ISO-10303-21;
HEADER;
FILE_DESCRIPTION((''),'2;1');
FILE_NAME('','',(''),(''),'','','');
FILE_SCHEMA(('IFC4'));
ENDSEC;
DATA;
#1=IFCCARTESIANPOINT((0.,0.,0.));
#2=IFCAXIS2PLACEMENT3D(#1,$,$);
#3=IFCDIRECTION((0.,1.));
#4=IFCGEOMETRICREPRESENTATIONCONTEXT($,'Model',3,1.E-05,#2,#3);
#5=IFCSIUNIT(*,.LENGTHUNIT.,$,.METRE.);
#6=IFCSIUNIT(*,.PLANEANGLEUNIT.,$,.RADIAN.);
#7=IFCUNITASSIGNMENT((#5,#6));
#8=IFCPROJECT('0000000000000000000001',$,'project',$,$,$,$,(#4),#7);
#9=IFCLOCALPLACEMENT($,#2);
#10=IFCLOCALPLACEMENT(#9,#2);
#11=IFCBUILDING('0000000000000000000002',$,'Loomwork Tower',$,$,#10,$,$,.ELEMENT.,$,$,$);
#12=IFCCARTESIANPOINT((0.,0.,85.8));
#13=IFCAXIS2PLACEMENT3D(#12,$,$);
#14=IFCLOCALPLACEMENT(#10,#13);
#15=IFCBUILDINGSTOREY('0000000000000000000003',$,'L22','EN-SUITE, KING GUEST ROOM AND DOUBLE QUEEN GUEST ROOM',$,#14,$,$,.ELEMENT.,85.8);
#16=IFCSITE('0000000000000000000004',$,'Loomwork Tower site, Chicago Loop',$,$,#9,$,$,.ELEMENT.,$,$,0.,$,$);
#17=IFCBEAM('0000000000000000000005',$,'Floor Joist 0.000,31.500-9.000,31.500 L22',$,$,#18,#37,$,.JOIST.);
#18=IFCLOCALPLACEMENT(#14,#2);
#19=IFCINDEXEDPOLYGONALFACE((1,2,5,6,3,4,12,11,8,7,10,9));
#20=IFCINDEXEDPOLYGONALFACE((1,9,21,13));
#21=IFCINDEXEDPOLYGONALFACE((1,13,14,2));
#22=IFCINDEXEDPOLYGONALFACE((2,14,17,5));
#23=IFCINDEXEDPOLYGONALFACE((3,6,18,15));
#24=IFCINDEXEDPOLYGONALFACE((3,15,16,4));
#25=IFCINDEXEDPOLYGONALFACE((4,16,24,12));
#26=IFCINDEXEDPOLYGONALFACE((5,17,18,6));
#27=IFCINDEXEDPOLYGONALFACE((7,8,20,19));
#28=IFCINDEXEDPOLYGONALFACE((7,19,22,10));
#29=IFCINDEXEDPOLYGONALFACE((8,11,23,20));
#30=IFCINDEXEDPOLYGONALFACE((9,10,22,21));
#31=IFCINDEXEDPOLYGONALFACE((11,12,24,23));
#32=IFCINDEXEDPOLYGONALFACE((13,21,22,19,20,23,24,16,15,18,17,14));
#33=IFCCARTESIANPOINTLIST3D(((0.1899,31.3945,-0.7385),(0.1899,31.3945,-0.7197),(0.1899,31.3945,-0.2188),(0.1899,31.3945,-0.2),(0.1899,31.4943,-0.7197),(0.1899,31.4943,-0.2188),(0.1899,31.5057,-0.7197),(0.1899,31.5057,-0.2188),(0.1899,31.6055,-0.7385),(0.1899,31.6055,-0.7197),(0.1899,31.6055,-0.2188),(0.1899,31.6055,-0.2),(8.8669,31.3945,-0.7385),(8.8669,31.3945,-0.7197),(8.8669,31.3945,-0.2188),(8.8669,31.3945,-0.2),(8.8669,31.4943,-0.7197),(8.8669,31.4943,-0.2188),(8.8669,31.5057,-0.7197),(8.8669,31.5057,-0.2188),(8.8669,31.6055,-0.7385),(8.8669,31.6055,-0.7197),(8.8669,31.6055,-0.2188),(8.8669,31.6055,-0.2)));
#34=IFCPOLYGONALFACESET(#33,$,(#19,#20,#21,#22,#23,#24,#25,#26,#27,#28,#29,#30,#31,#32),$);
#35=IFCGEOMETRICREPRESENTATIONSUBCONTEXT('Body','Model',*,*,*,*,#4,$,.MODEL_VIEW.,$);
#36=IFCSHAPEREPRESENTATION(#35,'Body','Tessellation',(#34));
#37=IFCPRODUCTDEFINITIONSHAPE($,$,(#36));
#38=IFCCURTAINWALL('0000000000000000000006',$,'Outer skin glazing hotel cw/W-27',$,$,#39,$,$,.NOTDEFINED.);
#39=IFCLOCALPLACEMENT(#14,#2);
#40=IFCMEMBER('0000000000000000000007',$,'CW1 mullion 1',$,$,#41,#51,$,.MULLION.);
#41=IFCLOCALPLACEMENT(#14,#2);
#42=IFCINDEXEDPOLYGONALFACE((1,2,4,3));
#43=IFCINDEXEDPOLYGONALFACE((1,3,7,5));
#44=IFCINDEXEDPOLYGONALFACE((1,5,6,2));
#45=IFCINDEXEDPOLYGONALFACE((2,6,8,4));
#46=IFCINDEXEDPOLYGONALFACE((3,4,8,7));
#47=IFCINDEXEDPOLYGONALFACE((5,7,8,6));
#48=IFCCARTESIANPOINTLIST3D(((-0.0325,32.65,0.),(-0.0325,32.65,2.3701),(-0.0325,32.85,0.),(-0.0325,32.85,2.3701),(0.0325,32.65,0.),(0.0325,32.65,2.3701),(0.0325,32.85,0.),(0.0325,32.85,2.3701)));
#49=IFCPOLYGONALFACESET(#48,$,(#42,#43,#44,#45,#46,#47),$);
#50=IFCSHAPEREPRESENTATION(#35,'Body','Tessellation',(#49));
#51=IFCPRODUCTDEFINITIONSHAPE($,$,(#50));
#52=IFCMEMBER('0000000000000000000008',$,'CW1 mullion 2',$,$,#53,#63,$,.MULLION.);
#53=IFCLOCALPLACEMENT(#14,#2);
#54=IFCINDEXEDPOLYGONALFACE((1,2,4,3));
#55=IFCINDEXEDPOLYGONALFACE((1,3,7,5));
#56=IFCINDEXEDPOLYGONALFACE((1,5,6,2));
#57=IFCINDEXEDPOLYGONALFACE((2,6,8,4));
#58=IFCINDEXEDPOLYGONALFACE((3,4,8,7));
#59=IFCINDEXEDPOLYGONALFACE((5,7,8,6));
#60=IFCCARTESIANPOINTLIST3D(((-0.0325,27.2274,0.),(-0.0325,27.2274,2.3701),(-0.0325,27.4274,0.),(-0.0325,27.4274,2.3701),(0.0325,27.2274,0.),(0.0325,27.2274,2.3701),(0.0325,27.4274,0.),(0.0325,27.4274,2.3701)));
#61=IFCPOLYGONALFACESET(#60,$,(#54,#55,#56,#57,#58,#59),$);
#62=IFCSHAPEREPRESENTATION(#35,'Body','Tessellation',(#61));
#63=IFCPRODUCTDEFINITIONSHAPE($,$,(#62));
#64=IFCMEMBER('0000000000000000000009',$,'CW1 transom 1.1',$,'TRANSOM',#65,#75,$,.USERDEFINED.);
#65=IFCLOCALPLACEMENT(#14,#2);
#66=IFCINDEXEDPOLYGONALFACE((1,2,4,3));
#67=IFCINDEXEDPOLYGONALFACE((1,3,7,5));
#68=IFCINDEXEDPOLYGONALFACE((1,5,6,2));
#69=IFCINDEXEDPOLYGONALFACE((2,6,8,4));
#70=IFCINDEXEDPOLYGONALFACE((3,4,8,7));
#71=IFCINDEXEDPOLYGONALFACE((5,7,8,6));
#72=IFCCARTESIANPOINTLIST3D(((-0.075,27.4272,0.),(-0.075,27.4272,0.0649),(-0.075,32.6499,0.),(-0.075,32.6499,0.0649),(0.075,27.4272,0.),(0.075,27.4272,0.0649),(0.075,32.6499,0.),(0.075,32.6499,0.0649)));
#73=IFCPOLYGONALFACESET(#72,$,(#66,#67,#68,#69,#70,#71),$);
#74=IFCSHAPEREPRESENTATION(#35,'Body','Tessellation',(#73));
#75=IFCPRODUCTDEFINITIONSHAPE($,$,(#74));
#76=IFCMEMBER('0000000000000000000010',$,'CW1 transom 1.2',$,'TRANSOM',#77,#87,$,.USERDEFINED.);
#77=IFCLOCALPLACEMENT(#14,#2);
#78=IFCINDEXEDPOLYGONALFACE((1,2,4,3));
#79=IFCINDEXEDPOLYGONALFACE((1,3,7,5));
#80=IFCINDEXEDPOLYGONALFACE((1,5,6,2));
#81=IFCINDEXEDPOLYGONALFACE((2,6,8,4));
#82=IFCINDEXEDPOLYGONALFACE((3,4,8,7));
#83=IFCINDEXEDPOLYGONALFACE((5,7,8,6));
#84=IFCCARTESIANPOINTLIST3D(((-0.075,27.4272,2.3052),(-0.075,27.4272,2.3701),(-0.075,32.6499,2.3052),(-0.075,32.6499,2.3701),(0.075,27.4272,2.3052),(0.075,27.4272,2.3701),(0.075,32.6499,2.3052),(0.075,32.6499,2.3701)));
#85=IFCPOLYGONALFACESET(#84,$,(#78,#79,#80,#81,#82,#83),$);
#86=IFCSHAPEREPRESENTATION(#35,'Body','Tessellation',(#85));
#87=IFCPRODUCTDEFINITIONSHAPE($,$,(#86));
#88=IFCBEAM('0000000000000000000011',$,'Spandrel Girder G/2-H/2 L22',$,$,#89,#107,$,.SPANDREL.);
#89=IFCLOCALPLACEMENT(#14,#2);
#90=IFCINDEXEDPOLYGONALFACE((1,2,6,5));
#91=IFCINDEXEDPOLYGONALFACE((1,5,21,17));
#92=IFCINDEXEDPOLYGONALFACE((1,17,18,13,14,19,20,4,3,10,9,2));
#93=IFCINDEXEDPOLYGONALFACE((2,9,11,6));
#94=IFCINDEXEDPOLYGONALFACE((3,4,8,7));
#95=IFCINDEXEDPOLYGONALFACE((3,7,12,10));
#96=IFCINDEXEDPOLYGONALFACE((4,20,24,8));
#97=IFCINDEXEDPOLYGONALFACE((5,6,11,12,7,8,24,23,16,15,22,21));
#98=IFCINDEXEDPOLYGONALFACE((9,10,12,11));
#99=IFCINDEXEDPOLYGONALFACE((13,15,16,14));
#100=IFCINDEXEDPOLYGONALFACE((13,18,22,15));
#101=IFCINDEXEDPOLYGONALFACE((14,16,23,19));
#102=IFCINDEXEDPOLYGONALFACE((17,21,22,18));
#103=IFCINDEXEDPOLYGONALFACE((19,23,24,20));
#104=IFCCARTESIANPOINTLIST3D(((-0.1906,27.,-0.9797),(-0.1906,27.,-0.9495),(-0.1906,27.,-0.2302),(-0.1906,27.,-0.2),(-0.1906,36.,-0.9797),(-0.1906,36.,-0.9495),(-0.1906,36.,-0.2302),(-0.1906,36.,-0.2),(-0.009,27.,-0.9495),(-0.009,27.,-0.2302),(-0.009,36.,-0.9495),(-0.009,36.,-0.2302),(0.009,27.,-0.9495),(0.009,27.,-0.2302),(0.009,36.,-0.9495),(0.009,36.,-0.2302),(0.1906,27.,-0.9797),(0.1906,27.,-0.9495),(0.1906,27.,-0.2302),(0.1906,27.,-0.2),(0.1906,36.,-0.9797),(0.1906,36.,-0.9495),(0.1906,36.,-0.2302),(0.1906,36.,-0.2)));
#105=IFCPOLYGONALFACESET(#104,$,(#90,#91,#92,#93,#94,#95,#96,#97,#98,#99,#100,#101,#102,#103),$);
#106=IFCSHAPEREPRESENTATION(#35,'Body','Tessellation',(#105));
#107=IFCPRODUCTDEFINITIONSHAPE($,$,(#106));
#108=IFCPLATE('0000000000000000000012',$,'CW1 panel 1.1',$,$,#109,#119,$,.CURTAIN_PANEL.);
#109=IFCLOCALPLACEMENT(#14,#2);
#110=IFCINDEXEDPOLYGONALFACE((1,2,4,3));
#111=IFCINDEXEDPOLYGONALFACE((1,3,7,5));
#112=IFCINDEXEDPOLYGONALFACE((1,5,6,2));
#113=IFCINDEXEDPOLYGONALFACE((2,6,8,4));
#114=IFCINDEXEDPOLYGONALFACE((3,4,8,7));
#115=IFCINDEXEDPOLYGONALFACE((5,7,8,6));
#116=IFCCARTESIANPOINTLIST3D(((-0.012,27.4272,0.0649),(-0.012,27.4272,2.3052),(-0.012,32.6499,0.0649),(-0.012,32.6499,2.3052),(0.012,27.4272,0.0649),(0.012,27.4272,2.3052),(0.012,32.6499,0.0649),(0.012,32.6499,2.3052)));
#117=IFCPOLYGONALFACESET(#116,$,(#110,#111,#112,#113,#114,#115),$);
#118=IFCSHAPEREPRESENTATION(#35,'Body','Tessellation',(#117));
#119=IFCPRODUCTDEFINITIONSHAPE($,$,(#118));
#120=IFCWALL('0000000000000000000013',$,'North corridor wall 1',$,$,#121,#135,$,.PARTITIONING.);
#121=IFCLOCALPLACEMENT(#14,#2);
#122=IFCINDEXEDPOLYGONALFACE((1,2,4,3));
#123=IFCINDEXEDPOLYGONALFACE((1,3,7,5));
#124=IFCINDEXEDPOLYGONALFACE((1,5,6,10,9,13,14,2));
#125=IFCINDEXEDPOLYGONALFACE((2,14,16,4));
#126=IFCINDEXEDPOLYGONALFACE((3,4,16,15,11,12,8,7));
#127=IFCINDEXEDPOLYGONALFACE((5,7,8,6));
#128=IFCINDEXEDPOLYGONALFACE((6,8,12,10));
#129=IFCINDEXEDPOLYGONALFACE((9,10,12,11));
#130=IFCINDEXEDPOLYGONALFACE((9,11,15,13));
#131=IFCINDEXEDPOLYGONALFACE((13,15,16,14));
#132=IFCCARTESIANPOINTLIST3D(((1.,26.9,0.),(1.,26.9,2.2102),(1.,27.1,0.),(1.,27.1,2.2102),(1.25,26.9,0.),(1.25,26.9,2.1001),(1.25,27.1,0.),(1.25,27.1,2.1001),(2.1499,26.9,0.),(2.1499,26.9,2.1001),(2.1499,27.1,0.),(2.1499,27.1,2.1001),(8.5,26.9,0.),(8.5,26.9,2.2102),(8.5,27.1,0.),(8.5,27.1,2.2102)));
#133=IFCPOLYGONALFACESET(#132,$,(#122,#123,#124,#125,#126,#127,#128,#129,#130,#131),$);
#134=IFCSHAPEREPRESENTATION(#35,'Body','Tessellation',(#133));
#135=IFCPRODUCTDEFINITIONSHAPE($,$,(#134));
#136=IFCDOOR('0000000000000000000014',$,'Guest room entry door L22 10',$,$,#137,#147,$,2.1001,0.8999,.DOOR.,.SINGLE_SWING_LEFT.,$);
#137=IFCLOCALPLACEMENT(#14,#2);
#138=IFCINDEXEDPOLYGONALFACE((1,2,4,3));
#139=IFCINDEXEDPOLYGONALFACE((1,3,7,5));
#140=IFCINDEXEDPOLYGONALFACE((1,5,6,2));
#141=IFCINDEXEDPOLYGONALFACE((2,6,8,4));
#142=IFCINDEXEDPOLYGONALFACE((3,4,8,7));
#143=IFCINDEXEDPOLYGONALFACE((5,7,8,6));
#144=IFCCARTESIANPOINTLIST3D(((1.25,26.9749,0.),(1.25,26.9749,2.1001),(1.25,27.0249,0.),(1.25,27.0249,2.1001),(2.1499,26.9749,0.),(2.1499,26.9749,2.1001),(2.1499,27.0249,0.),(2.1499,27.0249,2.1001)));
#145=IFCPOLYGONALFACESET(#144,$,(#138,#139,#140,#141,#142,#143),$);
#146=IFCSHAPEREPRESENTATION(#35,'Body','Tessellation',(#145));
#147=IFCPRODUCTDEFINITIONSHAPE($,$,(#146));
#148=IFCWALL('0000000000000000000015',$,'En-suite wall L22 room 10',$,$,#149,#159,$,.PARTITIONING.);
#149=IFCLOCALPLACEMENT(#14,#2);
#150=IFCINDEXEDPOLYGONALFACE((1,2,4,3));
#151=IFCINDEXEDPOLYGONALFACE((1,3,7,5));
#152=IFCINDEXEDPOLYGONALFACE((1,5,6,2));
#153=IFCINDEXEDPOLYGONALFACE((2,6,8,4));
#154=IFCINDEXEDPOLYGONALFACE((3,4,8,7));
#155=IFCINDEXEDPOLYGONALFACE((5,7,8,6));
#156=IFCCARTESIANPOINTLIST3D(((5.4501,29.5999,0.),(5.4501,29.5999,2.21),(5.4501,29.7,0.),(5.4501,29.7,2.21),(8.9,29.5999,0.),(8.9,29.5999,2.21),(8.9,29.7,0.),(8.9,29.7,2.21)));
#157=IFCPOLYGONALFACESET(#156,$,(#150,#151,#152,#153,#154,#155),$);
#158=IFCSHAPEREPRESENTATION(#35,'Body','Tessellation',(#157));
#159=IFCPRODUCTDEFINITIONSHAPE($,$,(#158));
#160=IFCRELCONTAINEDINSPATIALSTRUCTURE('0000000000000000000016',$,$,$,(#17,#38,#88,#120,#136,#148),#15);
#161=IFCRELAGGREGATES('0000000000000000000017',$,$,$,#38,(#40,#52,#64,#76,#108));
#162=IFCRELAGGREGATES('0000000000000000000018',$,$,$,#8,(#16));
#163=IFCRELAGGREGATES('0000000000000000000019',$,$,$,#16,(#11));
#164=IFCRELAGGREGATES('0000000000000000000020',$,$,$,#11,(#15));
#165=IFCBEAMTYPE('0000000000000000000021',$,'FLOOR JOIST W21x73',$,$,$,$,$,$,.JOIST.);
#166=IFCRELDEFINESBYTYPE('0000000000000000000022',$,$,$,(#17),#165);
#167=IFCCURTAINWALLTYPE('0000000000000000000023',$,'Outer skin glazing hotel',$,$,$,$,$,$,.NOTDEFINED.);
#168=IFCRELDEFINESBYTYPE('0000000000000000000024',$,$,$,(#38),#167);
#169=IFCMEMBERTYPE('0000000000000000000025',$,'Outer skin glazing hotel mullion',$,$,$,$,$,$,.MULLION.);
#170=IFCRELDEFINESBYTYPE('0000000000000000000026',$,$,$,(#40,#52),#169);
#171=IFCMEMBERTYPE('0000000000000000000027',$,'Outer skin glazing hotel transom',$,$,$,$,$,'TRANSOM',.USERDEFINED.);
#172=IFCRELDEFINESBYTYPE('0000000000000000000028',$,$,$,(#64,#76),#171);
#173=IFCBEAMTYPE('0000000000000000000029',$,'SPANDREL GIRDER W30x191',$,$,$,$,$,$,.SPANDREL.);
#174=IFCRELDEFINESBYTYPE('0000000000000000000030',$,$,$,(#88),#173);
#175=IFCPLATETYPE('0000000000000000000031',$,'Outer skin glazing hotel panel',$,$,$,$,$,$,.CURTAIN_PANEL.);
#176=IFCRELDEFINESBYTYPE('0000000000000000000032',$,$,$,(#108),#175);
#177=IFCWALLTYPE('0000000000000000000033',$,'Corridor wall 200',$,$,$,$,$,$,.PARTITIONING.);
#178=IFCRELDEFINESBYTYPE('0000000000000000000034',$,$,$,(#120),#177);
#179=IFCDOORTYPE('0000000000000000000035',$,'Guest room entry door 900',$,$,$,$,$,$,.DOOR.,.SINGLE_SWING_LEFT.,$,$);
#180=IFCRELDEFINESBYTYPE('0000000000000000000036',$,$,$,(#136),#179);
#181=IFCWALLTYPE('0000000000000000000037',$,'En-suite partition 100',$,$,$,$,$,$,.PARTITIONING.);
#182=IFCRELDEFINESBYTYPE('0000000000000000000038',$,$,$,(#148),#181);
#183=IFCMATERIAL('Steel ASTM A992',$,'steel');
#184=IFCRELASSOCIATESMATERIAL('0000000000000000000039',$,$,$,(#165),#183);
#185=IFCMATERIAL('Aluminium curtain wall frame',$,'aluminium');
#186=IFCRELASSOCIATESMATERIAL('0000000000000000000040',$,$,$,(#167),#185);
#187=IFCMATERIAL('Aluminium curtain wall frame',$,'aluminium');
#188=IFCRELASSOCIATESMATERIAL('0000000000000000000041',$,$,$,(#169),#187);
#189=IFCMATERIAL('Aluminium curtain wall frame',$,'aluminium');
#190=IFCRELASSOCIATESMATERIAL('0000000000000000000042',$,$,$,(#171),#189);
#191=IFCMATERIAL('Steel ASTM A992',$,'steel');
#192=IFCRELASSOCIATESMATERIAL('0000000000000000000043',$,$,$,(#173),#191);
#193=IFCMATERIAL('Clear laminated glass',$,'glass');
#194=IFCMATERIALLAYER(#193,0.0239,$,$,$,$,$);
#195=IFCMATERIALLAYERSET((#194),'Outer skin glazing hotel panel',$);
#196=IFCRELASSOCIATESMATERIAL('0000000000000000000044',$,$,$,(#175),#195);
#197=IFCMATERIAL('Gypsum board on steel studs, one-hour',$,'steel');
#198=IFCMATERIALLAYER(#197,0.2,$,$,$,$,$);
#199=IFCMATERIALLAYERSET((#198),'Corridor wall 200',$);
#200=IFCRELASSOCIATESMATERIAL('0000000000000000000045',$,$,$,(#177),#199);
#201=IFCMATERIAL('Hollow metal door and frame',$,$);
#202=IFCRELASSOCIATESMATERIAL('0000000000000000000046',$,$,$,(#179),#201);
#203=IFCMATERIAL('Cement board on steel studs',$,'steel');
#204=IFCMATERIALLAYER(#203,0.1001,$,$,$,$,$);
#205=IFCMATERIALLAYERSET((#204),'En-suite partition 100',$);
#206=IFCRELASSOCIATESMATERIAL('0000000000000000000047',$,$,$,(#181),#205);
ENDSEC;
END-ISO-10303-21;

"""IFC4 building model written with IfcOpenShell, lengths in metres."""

from ifc_helpers import new_model, si_unit, direction, frame, frame_2d, origin, origin_2d, place, context, subcontext, project, spatial, rectangle, i_section, extrude, material, layer, layer_set, material_profile, profile_set, type_object, element, fill, aggregate, save


model = new_model("IFC4")

# Units and contexts
model_context = context("Model", 3, precision=1e-05, world=origin(), true_north=direction((0.0, 1.0)))
body_context = subcontext(model_context, "Body", "Model", "MODEL_VIEW")
ifc_project = project(units=[si_unit("LENGTHUNIT", "METRE"), si_unit("PLANEANGLEUNIT", "RADIAN")], contexts=[model_context])

# Site, building, storey
site_placement = place(None, origin())
site = spatial("IfcSite", under=ifc_project, at=site_placement, Name="Loomwork Tower site, Chicago Loop", CompositionType="ELEMENT", RefElevation=0.0)
building_placement = place(site_placement, origin())
building = spatial("IfcBuilding", under=site, at=building_placement, Name="Loomwork Tower", CompositionType="ELEMENT")
storey_placement = place(building_placement, frame((0.0, 0.0, 85.8)))
storey = spatial("IfcBuildingStorey", under=building, at=storey_placement, Name="L22", Description="EN-SUITE, KING GUEST ROOM AND DOUBLE QUEEN GUEST ROOM", CompositionType="ELEMENT", Elevation=85.8)

# Beam
ifc_material_1 = material(Name="Steel ASTM A992", Category="steel")
ifc_material_profile_1 = material_profile(ifc_material_1, i_section(OverallWidth=0.2109, OverallDepth=0.5386, WebThickness=0.0115, FlangeThickness=0.0188, at=origin_2d()), Name="W21x73")
ifc_profile_set_1 = profile_set([ifc_material_profile_1], Name="Steel ASTM A992")
beam_type_1 = type_object("IfcBeamType", Name="FLOOR JOIST W21x73", PredefinedType="JOIST", material=ifc_profile_set_1)
beam_1_placement = place(storey_placement, frame((0.1899, 31.5, -0.4692), z_axis=(1.0, 0.0, 0.0), x_axis=(0.0, 1.0, 0.0)))
element("IfcBeam", 1, at=beam_1_placement, inside=storey, type_object=beam_type_1, Name="Floor Joist 0.000,31.500-9.000,31.500 L22", PredefinedType="JOIST", context=body_context, shape_type="SweptSolid", body=[
    extrude(i_section(OverallWidth=0.2109, OverallDepth=0.5386, WebThickness=0.0115, FlangeThickness=0.0188, at=origin_2d()), origin(), (0.0, 0.0, 1.0), 8.677),
])

# Curtain wall, members
ifc_material_2 = material(Name="Aluminium curtain wall frame", Category="aluminium")
curtain_wall_type = type_object("IfcCurtainWallType", Name="Outer skin glazing hotel", PredefinedType="NOTDEFINED", material=ifc_material_2)
curtain_wall_placement = place(storey_placement, origin())
curtain_wall = element("IfcCurtainWall", 2, at=curtain_wall_placement, inside=storey, type_object=curtain_wall_type, Name="Outer skin glazing hotel cw/W-27", PredefinedType="NOTDEFINED")
ifc_material_3 = material(Name="Aluminium curtain wall frame", Category="aluminium")
ifc_material_profile_2 = material_profile(ifc_material_3, rectangle(XDim=0.0649, YDim=0.2, at=origin_2d()), Name="AL 65x200")
ifc_profile_set_2 = profile_set([ifc_material_profile_2], Name="Aluminium curtain wall frame")
member_type_1 = type_object("IfcMemberType", Name="Outer skin glazing hotel mullion", PredefinedType="MULLION", material=ifc_profile_set_2)
member_1_placement = place(storey_placement, frame((0.0, 32.75, 0.0), z_axis=(0.0, 0.0, 1.0), x_axis=(1.0, 0.0, 0.0)))
member_1 = element("IfcMember", 3, at=member_1_placement, type_object=member_type_1, Name="CW1 mullion 1", PredefinedType="MULLION", context=body_context, shape_type="SweptSolid", body=[
    extrude(rectangle(XDim=0.0649, YDim=0.2, at=origin_2d()), origin(), (0.0, 0.0, 1.0), 2.3701),
])
member_2_placement = place(storey_placement, frame((0.0, 27.3274, 0.0), z_axis=(0.0, 0.0, 1.0), x_axis=(1.0, 0.0, 0.0)))
member_2 = element("IfcMember", 4, at=member_2_placement, type_object=member_type_1, Name="CW1 mullion 2", PredefinedType="MULLION", context=body_context, shape_type="SweptSolid", body=[
    extrude(rectangle(XDim=0.0649, YDim=0.2, at=origin_2d()), origin(), (0.0, 0.0, 1.0), 2.3701),
])
ifc_material_4 = material(Name="Aluminium curtain wall frame", Category="aluminium")
ifc_material_profile_3 = material_profile(ifc_material_4, rectangle(XDim=0.1499, YDim=0.0649, at=origin_2d()), Name="AL 65x150")
ifc_profile_set_3 = profile_set([ifc_material_profile_3], Name="Aluminium curtain wall frame")
member_type_2 = type_object("IfcMemberType", Name="Outer skin glazing hotel transom", ElementType="TRANSOM", PredefinedType="USERDEFINED", material=ifc_profile_set_3)
member_3_placement = place(storey_placement, frame((0.0, 32.6499, 0.0325), z_axis=(0.0, -1.0, 0.0), x_axis=(1.0, 0.0, 0.0)))
member_3 = element("IfcMember", 5, at=member_3_placement, type_object=member_type_2, Name="CW1 transom 1.1", ObjectType="TRANSOM", PredefinedType="USERDEFINED", context=body_context, shape_type="SweptSolid", body=[
    extrude(rectangle(XDim=0.1499, YDim=0.0649, at=origin_2d()), origin(), (0.0, 0.0, 1.0), 5.2227),
])
member_4_placement = place(storey_placement, frame((0.0, 32.6499, 2.3376), z_axis=(0.0, -1.0, 0.0), x_axis=(1.0, 0.0, 0.0)))
member_4 = element("IfcMember", 6, at=member_4_placement, type_object=member_type_2, Name="CW1 transom 1.2", ObjectType="TRANSOM", PredefinedType="USERDEFINED", context=body_context, shape_type="SweptSolid", body=[
    extrude(rectangle(XDim=0.1499, YDim=0.0649, at=origin_2d()), origin(), (0.0, 0.0, 1.0), 5.2227),
])

# Beam
ifc_material_5 = material(Name="Steel ASTM A992", Category="steel")
ifc_material_profile_4 = material_profile(ifc_material_5, i_section(OverallWidth=0.3811, OverallDepth=0.7798, WebThickness=0.0181, FlangeThickness=0.0303, at=origin_2d()), Name="W30x191")
ifc_profile_set_4 = profile_set([ifc_material_profile_4], Name="Steel ASTM A992")
beam_type_2 = type_object("IfcBeamType", Name="SPANDREL GIRDER W30x191", PredefinedType="SPANDREL", material=ifc_profile_set_4)
beam_2_placement = place(storey_placement, frame((0.0, 27.0, -0.5898), z_axis=(0.0, 1.0, 0.0), x_axis=(-1.0, 0.0, 0.0)))
element("IfcBeam", 7, at=beam_2_placement, inside=storey, type_object=beam_type_2, Name="Spandrel Girder G/2-H/2 L22", PredefinedType="SPANDREL", context=body_context, shape_type="SweptSolid", body=[
    extrude(i_section(OverallWidth=0.3811, OverallDepth=0.7798, WebThickness=0.0181, FlangeThickness=0.0303, at=origin_2d()), origin(), (0.0, 0.0, 1.0), 9.0),
])

# Plate
ifc_material_6 = material(Name="Clear laminated glass", Category="glass")
ifc_layer_1 = layer(ifc_material_6, 0.0239)
ifc_layer_set_1 = layer_set([ifc_layer_1], Name="Outer skin glazing hotel panel")
plate_type = type_object("IfcPlateType", Name="Outer skin glazing hotel panel", PredefinedType="CURTAIN_PANEL", material=ifc_layer_set_1)
plate_placement = place(storey_placement, frame((0.0, 30.0386, 0.0649), z_axis=(0.0, 0.0, 1.0), x_axis=(0.0, -1.0, 0.0)))
plate = element("IfcPlate", 8, at=plate_placement, type_object=plate_type, Name="CW1 panel 1.1", PredefinedType="CURTAIN_PANEL", context=body_context, shape_type="SweptSolid", body=[
    extrude(rectangle(XDim=5.2227, YDim=0.0239, at=origin_2d()), origin(), (0.0, 0.0, 1.0), 2.2402),
])
aggregate(curtain_wall, [member_1, member_2, member_3, member_4, plate])

# Wall, opening, door
ifc_material_7 = material(Name="Gypsum board on steel studs, one-hour", Category="steel")
ifc_layer_2 = layer(ifc_material_7, 0.2)
ifc_layer_set_2 = layer_set([ifc_layer_2], Name="Corridor wall 200")
wall_type_1 = type_object("IfcWallType", Name="Corridor wall 200", PredefinedType="PARTITIONING", material=ifc_layer_set_2)
wall_1_placement = place(storey_placement, frame((1.0, 27.0, 0.0), z_axis=(0.0, 0.0, 1.0), x_axis=(1.0, 0.0, 0.0)))
wall_1 = element("IfcWall", 9, at=wall_1_placement, inside=storey, type_object=wall_type_1, Name="North corridor wall 1", PredefinedType="PARTITIONING", context=body_context, shape_type="SweptSolid", body=[
    extrude(rectangle(XDim=7.5, YDim=0.2, at=frame_2d((3.75, 0.0))), origin(), (0.0, 0.0, 1.0), 2.2102),
])
opening_1_placement = place(wall_1_placement, frame((0.25, 0.0, 0.0)))
opening_1 = element("IfcOpeningElement", 10, at=opening_1_placement, cuts=wall_1, PredefinedType="OPENING", context=body_context, shape_type="SweptSolid", body=[
    extrude(rectangle(XDim=0.8999, YDim=2.1001, at=frame_2d((0.45, 1.05))), frame((0.0, 0.1099, 0.0), z_axis=(0.0, -1.0, 0.0), x_axis=(1.0, 0.0, 0.0)), (0.0, 0.0, 1.0), 0.22),
])
ifc_material_8 = material(Name="Hollow metal door and frame")
door_type_1 = type_object("IfcDoorType", Name="Guest room entry door 900", OperationType="SINGLE_SWING_LEFT", PredefinedType="DOOR", material=ifc_material_8)
door_1_placement = place(opening_1_placement, origin())
door_1 = element("IfcDoor", 11, at=door_1_placement, inside=storey, type_object=door_type_1, Name="Guest room entry door L22 10", OperationType="SINGLE_SWING_LEFT", OverallHeight=2.1001, OverallWidth=0.8999, PredefinedType="DOOR", context=body_context, shape_type="SweptSolid", body=[
    extrude(rectangle(XDim=0.8999, YDim=2.1001, at=frame_2d((0.45, 1.05))), frame((0.0, 0.0249, 0.0), z_axis=(0.0, -1.0, 0.0), x_axis=(1.0, 0.0, 0.0)), (0.0, 0.0, 1.0), 0.05),
])
fill(opening_1, door_1)

# Wall
ifc_material_9 = material(Name="Cement board on steel studs", Category="steel")
ifc_layer_3 = layer(ifc_material_9, 0.1001)
ifc_layer_set_3 = layer_set([ifc_layer_3], Name="En-suite partition 100")
wall_type_2 = type_object("IfcWallType", Name="En-suite partition 100", PredefinedType="PARTITIONING", material=ifc_layer_set_3)
wall_2_placement = place(storey_placement, frame((5.45, 29.6499, 0.0), z_axis=(0.0, 0.0, 1.0), x_axis=(1.0, 0.0, 0.0)))
element("IfcWall", 12, at=wall_2_placement, inside=storey, type_object=wall_type_2, Name="En-suite wall L22 room 10", PredefinedType="PARTITIONING", context=body_context, shape_type="SweptSolid", body=[
    extrude(rectangle(XDim=3.45, YDim=0.1001, at=frame_2d((1.7251, 0.0))), origin(), (0.0, 0.0, 1.0), 2.21),
])

save(model, "model.ifc")
